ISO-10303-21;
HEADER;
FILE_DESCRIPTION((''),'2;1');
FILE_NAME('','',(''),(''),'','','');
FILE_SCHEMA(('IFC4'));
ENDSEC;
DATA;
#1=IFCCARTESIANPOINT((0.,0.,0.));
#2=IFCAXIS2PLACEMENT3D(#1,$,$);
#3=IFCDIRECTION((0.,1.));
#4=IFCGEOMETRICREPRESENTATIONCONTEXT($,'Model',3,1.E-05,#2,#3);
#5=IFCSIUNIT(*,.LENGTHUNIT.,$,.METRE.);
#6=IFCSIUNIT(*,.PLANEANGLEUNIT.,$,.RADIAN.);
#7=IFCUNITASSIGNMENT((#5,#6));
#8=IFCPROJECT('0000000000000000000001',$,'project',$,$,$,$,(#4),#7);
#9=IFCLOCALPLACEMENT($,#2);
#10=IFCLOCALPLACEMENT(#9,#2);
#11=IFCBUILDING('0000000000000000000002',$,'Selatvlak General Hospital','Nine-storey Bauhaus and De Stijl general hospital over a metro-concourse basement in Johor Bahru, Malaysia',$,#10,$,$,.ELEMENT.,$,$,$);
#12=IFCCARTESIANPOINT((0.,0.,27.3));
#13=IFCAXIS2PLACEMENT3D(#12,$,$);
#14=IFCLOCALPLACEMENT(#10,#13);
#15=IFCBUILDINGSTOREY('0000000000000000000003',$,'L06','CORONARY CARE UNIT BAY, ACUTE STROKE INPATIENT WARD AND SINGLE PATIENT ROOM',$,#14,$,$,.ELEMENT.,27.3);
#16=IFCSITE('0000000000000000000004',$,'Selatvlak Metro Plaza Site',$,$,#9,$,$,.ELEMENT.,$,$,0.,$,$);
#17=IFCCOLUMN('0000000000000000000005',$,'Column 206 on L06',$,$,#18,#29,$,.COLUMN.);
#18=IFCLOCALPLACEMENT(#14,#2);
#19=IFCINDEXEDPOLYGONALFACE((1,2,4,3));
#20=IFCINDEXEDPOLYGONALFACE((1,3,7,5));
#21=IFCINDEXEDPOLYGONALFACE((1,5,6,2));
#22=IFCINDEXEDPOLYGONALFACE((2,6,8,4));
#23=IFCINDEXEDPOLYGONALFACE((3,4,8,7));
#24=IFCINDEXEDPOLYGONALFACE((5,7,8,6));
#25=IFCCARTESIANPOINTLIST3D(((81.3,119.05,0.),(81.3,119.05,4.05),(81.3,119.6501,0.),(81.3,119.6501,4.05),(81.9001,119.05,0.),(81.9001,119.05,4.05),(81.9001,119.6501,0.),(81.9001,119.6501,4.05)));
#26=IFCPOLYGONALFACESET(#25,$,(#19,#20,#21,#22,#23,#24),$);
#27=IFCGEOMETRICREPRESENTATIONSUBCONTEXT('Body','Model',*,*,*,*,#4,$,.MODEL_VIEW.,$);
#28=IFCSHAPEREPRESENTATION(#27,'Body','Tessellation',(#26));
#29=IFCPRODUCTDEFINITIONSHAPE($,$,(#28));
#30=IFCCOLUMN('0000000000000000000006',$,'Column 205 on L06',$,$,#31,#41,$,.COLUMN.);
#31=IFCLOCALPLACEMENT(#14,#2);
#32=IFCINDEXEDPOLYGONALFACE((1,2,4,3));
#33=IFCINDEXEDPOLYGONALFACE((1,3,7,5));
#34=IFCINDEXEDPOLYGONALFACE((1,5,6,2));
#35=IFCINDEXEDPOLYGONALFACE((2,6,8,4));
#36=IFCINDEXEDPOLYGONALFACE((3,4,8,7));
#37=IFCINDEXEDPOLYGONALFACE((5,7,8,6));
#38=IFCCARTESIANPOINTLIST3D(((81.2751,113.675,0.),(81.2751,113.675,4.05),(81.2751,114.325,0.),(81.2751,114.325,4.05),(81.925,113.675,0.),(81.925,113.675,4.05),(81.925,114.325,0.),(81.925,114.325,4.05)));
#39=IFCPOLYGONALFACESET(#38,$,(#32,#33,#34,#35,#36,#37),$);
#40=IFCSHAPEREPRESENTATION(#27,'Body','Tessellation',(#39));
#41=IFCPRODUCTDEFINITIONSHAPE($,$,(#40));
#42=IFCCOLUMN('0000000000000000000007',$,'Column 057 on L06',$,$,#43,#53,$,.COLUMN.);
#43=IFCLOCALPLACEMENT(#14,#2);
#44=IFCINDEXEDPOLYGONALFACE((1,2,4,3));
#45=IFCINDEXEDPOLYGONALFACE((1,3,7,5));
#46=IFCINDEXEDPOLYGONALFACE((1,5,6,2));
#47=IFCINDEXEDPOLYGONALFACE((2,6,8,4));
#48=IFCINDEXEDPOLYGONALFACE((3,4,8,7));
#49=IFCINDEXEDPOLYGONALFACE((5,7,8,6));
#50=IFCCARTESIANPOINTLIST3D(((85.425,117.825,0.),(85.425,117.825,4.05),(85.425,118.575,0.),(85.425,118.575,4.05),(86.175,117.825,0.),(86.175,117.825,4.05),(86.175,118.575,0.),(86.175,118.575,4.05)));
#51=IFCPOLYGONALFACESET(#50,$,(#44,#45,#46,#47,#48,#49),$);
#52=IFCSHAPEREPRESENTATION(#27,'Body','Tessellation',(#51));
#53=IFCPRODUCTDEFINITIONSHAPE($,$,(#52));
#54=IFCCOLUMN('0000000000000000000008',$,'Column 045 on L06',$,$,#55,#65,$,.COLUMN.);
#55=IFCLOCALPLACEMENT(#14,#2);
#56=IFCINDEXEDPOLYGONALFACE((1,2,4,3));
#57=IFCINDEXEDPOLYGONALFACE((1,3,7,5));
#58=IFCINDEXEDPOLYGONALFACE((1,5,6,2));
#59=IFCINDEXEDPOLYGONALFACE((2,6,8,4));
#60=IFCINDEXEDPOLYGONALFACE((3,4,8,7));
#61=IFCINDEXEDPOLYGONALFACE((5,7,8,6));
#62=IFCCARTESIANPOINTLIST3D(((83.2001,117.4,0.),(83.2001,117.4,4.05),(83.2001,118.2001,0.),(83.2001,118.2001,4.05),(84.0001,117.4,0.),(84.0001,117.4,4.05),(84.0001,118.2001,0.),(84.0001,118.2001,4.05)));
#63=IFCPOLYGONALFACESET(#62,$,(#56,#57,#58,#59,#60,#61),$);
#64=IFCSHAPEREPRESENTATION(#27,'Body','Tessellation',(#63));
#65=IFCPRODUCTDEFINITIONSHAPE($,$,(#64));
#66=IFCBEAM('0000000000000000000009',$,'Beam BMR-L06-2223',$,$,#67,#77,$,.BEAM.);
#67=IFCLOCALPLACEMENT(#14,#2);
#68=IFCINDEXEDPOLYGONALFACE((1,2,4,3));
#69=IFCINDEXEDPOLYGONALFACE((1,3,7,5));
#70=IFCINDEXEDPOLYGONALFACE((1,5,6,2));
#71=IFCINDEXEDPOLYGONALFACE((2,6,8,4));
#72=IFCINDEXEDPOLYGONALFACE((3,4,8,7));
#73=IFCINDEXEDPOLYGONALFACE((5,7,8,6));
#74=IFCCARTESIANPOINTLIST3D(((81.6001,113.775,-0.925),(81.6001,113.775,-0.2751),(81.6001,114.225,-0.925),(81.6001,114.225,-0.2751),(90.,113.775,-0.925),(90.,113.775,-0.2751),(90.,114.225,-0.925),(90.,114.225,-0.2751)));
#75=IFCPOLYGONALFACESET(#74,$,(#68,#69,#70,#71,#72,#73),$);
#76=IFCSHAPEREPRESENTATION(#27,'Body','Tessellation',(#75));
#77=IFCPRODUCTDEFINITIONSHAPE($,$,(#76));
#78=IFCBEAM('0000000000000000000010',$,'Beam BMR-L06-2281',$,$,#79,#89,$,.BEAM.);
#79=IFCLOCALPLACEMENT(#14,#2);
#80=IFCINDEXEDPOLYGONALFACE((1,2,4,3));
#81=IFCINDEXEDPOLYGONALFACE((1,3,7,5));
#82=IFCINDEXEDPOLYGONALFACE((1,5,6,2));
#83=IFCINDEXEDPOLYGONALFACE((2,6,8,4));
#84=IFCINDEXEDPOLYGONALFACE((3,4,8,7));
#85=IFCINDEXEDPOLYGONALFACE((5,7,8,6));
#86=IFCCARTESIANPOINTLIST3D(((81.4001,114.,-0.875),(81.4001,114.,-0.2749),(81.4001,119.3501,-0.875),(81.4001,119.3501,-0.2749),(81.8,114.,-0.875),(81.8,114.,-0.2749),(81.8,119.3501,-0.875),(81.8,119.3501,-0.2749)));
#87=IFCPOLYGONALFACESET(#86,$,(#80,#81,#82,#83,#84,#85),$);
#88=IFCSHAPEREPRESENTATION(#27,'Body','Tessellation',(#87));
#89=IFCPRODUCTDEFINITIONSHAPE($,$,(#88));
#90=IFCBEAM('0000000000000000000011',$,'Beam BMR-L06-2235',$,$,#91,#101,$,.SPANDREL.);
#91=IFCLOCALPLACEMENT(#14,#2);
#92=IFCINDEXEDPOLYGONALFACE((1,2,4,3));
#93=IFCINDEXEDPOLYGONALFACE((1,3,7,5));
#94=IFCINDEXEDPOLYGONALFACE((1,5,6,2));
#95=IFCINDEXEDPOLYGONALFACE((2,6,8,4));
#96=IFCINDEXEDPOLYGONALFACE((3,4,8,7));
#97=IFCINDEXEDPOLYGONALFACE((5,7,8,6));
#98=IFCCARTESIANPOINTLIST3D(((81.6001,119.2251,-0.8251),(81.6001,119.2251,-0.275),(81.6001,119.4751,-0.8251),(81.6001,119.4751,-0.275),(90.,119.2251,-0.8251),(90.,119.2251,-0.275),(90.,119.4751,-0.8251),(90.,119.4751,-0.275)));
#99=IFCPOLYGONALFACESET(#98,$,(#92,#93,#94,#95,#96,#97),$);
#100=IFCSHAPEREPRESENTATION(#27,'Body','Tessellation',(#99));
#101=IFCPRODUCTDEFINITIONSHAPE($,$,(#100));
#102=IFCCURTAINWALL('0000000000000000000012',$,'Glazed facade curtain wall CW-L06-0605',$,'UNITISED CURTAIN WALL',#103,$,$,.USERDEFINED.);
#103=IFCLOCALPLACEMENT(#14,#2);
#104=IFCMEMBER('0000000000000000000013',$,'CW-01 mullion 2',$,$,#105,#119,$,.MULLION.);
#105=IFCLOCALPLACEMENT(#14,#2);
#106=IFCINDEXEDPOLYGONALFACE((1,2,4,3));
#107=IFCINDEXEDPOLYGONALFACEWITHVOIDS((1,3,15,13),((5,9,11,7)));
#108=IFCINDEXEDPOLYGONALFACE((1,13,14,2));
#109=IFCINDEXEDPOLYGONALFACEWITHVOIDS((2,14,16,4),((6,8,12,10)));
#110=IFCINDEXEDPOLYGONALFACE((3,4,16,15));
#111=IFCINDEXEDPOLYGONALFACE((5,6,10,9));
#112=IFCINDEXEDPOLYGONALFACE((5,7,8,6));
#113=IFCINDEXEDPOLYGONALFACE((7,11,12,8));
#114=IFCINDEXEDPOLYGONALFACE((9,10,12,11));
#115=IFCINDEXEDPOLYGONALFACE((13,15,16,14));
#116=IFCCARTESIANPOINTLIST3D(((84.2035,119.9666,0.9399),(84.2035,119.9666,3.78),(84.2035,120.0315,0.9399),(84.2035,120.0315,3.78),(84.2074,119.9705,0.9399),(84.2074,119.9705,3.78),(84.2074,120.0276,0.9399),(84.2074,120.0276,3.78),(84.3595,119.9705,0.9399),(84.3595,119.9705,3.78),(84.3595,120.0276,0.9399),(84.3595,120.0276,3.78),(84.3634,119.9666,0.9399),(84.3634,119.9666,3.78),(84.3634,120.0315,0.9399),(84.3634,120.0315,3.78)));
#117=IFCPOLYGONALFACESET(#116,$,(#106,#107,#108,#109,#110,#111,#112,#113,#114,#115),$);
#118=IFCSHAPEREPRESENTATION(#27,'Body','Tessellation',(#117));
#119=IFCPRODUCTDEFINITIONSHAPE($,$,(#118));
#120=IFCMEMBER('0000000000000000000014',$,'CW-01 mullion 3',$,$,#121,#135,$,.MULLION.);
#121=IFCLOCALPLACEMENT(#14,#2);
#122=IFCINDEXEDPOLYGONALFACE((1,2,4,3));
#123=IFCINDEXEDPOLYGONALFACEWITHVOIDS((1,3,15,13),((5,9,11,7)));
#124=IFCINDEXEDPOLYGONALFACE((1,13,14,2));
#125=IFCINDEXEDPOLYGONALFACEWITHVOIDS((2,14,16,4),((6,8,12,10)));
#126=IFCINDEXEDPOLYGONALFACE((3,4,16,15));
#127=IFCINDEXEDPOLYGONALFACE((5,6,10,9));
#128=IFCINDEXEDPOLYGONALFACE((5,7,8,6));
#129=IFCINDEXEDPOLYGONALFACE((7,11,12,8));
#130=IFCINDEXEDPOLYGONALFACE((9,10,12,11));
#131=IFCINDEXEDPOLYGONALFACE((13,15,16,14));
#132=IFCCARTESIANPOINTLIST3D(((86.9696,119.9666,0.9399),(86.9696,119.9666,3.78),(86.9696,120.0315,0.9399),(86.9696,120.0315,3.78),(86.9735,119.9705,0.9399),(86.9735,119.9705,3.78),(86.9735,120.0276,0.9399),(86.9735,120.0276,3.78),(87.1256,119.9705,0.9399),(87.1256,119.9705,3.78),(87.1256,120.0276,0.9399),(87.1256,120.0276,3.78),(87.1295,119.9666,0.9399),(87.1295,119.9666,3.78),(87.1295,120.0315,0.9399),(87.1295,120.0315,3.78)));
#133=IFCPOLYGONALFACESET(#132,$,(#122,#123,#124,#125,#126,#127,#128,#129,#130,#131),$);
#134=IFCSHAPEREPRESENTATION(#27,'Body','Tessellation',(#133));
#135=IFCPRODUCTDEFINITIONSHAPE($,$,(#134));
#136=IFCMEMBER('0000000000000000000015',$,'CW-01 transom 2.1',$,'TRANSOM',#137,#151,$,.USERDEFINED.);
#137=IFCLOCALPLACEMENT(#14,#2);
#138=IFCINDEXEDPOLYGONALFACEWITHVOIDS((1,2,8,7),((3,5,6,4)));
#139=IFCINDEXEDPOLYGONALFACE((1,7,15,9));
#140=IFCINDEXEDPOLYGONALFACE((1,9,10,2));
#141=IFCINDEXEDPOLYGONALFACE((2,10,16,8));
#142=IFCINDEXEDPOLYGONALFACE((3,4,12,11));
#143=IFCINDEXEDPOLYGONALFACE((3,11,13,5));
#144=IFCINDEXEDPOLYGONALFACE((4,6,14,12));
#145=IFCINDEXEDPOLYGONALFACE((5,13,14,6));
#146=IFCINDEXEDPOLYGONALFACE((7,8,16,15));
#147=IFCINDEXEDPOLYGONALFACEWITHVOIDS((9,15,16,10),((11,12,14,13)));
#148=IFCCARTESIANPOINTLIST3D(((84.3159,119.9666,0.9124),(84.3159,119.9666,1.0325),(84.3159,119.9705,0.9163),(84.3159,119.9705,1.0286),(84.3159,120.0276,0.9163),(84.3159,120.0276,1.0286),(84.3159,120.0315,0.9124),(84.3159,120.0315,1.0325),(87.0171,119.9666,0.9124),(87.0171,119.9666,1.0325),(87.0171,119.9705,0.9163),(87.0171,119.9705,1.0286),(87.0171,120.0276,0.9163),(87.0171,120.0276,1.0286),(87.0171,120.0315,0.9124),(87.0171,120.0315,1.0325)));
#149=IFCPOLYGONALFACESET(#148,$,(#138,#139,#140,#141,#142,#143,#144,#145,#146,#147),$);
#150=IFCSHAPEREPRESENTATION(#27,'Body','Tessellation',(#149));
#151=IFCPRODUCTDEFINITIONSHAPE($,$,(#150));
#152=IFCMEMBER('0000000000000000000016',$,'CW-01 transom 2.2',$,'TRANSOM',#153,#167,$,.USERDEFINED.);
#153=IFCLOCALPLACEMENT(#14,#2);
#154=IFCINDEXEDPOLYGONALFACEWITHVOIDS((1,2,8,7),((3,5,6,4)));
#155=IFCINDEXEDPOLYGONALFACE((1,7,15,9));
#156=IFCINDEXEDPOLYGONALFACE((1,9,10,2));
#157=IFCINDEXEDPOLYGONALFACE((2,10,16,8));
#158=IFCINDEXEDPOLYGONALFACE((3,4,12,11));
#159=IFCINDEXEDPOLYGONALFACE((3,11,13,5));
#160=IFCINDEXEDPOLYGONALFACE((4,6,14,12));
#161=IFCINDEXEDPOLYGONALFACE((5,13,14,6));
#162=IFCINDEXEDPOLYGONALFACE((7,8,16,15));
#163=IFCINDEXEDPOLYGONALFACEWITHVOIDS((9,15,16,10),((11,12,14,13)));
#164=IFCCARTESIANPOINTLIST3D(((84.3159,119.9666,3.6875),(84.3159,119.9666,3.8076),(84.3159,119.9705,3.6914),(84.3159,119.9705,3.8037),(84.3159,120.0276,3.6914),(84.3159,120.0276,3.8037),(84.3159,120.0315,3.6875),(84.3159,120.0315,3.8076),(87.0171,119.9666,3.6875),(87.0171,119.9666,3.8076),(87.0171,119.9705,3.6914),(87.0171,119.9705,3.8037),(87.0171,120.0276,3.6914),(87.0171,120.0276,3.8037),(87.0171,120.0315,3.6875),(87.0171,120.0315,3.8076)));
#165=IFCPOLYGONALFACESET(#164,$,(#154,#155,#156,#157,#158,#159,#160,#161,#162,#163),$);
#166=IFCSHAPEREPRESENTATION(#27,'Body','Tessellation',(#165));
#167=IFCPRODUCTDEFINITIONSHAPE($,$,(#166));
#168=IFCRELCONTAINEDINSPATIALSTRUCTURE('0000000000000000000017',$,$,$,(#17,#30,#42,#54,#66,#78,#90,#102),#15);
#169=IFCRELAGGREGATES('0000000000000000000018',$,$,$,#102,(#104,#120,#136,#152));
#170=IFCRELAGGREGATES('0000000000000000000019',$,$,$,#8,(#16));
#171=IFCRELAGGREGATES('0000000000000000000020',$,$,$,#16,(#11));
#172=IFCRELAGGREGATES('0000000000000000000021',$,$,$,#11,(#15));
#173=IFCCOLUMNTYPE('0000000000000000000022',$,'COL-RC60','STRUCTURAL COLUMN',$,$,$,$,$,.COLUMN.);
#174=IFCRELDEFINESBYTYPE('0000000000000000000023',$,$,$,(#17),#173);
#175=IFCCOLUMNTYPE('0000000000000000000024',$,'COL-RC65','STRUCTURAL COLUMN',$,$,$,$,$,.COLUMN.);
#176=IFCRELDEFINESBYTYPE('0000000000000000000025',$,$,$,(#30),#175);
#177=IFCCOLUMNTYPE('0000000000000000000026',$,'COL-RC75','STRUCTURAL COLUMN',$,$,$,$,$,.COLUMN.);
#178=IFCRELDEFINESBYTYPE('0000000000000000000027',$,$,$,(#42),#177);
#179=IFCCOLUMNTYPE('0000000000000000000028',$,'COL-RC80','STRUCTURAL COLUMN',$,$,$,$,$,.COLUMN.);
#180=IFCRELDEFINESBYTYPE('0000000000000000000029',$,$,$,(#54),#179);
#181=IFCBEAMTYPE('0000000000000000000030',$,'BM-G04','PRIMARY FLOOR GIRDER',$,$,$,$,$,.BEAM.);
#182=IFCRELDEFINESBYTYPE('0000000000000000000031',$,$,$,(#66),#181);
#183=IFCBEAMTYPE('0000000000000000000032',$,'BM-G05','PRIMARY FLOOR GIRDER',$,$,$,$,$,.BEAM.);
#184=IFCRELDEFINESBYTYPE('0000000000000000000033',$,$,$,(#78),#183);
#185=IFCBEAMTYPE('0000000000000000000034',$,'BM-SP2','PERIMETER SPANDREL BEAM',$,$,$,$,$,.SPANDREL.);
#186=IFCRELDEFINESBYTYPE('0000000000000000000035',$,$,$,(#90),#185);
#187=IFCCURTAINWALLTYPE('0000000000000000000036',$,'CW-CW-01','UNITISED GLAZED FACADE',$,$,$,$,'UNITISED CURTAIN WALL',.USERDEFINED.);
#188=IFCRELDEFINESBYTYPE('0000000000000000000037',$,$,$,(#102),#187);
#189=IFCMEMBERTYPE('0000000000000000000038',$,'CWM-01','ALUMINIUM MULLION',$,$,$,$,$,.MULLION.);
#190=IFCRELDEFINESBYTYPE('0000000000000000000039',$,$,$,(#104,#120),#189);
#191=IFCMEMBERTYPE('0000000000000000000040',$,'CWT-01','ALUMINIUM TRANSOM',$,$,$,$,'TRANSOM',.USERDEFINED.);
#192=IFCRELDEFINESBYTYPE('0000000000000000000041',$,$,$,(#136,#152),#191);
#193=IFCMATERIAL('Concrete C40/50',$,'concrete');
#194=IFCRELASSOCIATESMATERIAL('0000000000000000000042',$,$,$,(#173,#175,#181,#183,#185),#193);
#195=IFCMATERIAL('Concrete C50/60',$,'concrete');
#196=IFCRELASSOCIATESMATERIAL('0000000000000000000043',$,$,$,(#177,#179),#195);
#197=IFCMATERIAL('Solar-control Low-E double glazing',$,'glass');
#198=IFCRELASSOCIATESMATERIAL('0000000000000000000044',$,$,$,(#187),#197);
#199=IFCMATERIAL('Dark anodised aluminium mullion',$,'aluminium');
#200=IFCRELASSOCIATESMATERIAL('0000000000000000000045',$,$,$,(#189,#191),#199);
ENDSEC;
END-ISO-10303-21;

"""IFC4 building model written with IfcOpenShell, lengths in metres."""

from ifc_helpers import new_model, si_unit, direction, frame, origin, origin_2d, place, context, subcontext, project, spatial, rectangle, hollow_rectangle, extrude, material, material_profile, profile_set, type_object, element, aggregate, save


model = new_model("IFC4")

# Units and contexts
model_context = context("Model", 3, precision=1e-05, world=origin(), true_north=direction((0.0, 1.0)))
body_context = subcontext(model_context, "Body", "Model", "MODEL_VIEW")
ifc_project = project(units=[si_unit("LENGTHUNIT", "METRE"), si_unit("PLANEANGLEUNIT", "RADIAN")], contexts=[model_context])

# Site, building, storey
site_placement = place(None, origin())
site = spatial("IfcSite", under=ifc_project, at=site_placement, Name="Selatvlak Metro Plaza Site", CompositionType="ELEMENT", RefElevation=0.0)
building_placement = place(site_placement, origin())
building = spatial("IfcBuilding", under=site, at=building_placement, Name="Selatvlak General Hospital", Description="Nine-storey Bauhaus and De Stijl general hospital over a metro-concourse basement in Johor Bahru, Malaysia", CompositionType="ELEMENT")
storey_placement = place(building_placement, frame((0.0, 0.0, 27.3)))
storey = spatial("IfcBuildingStorey", under=building, at=storey_placement, Name="L06", Description="CORONARY CARE UNIT BAY, ACUTE STROKE INPATIENT WARD AND SINGLE PATIENT ROOM", CompositionType="ELEMENT", Elevation=27.3)

# Columns
ifc_material_1 = material(Name="Concrete C40/50", Category="concrete")
ifc_material_profile_1 = material_profile(ifc_material_1, rectangle(XDim=0.6001, YDim=0.6001, at=origin_2d()), Name="RC-COL 600x600")
ifc_profile_set_1 = profile_set([ifc_material_profile_1], Name="Concrete C40/50")
column_type_1 = type_object("IfcColumnType", Name="COL-RC60", Description="STRUCTURAL COLUMN", PredefinedType="COLUMN", material=ifc_profile_set_1)
column_1_placement = place(storey_placement, frame((81.6001, 119.3501, 0.0), z_axis=(0.0, 0.0, 1.0), x_axis=(1.0, 0.0, 0.0)))
element("IfcColumn", 1, at=column_1_placement, inside=storey, type_object=column_type_1, Name="Column 206 on L06", PredefinedType="COLUMN", context=body_context, shape_type="SweptSolid", body=[
    extrude(rectangle(XDim=0.6001, YDim=0.6001, at=origin_2d()), origin(), (0.0, 0.0, 1.0), 4.05),
])
ifc_material_profile_2 = material_profile(ifc_material_1, rectangle(XDim=0.6499, YDim=0.6499, at=origin_2d()), Name="RC-COL 650x650")
ifc_profile_set_2 = profile_set([ifc_material_profile_2], Name="Concrete C40/50")
column_type_2 = type_object("IfcColumnType", Name="COL-RC65", Description="STRUCTURAL COLUMN", PredefinedType="COLUMN", material=ifc_profile_set_2)
column_2_placement = place(storey_placement, frame((81.6001, 114.0, 0.0), z_axis=(0.0, 0.0, 1.0), x_axis=(1.0, 0.0, 0.0)))
element("IfcColumn", 2, at=column_2_placement, inside=storey, type_object=column_type_2, Name="Column 205 on L06", PredefinedType="COLUMN", context=body_context, shape_type="SweptSolid", body=[
    extrude(rectangle(XDim=0.6499, YDim=0.6499, at=origin_2d()), origin(), (0.0, 0.0, 1.0), 4.05),
])
ifc_material_2 = material(Name="Concrete C50/60", Category="concrete")
ifc_material_profile_3 = material_profile(ifc_material_2, rectangle(XDim=0.75, YDim=0.75, at=origin_2d()), Name="RC-COL 750x750")
ifc_profile_set_3 = profile_set([ifc_material_profile_3], Name="Concrete C50/60")
column_type_3 = type_object("IfcColumnType", Name="COL-RC75", Description="STRUCTURAL COLUMN", PredefinedType="COLUMN", material=ifc_profile_set_3)
column_3_placement = place(storey_placement, frame((85.8, 118.2, 0.0), z_axis=(0.0, 0.0, 1.0), x_axis=(1.0, 0.0, 0.0)))
element("IfcColumn", 3, at=column_3_placement, inside=storey, type_object=column_type_3, Name="Column 057 on L06", PredefinedType="COLUMN", context=body_context, shape_type="SweptSolid", body=[
    extrude(rectangle(XDim=0.75, YDim=0.75, at=origin_2d()), origin(), (0.0, 0.0, 1.0), 4.05),
])
ifc_material_profile_4 = material_profile(ifc_material_2, rectangle(XDim=0.8, YDim=0.8, at=origin_2d()), Name="RC-COL 800x800")
ifc_profile_set_4 = profile_set([ifc_material_profile_4], Name="Concrete C50/60")
column_type_4 = type_object("IfcColumnType", Name="COL-RC80", Description="STRUCTURAL COLUMN", PredefinedType="COLUMN", material=ifc_profile_set_4)
column_4_placement = place(storey_placement, frame((83.6001, 117.8, 0.0), z_axis=(0.0, 0.0, 1.0), x_axis=(1.0, 0.0, 0.0)))
element("IfcColumn", 4, at=column_4_placement, inside=storey, type_object=column_type_4, Name="Column 045 on L06", PredefinedType="COLUMN", context=body_context, shape_type="SweptSolid", body=[
    extrude(rectangle(XDim=0.8, YDim=0.8, at=origin_2d()), origin(), (0.0, 0.0, 1.0), 4.05),
])

# Beams
ifc_material_profile_5 = material_profile(ifc_material_1, rectangle(XDim=0.45, YDim=0.6499, at=origin_2d()), Name="RC-BM 450x650")
ifc_profile_set_5 = profile_set([ifc_material_profile_5], Name="Concrete C40/50")
beam_type_1 = type_object("IfcBeamType", Name="BM-G04", Description="PRIMARY FLOOR GIRDER", PredefinedType="BEAM", material=ifc_profile_set_5)
beam_1_placement = place(storey_placement, frame((81.6001, 114.0, -0.6001), z_axis=(1.0, 0.0, 0.0), x_axis=(0.0, 1.0, 0.0)))
element("IfcBeam", 5, at=beam_1_placement, inside=storey, type_object=beam_type_1, Name="Beam BMR-L06-2223", PredefinedType="BEAM", context=body_context, shape_type="SweptSolid", body=[
    extrude(rectangle(XDim=0.45, YDim=0.6499, at=origin_2d()), origin(), (0.0, 0.0, 1.0), 8.3999),
])
ifc_material_profile_6 = material_profile(ifc_material_1, rectangle(XDim=0.3999, YDim=0.6001, at=origin_2d()), Name="RC-BM 400x600")
ifc_profile_set_6 = profile_set([ifc_material_profile_6], Name="Concrete C40/50")
beam_type_2 = type_object("IfcBeamType", Name="BM-G05", Description="PRIMARY FLOOR GIRDER", PredefinedType="BEAM", material=ifc_profile_set_6)
beam_2_placement = place(storey_placement, frame((81.6001, 114.0, -0.575), z_axis=(0.0, 1.0, 0.0), x_axis=(-1.0, 0.0, 0.0)))
element("IfcBeam", 6, at=beam_2_placement, inside=storey, type_object=beam_type_2, Name="Beam BMR-L06-2281", PredefinedType="BEAM", context=body_context, shape_type="SweptSolid", body=[
    extrude(rectangle(XDim=0.3999, YDim=0.6001, at=origin_2d()), origin(), (0.0, 0.0, 1.0), 5.3501),
])
ifc_material_profile_7 = material_profile(ifc_material_1, rectangle(XDim=0.25, YDim=0.55, at=origin_2d()), Name="RC-SP 250x550")
ifc_profile_set_7 = profile_set([ifc_material_profile_7], Name="Concrete C40/50")
beam_type_3 = type_object("IfcBeamType", Name="BM-SP2", Description="PERIMETER SPANDREL BEAM", PredefinedType="SPANDREL", material=ifc_profile_set_7)
beam_3_placement = place(storey_placement, frame((81.6001, 119.3501, -0.55), z_axis=(1.0, 0.0, 0.0), x_axis=(0.0, 1.0, 0.0)))
element("IfcBeam", 7, at=beam_3_placement, inside=storey, type_object=beam_type_3, Name="Beam BMR-L06-2235", PredefinedType="SPANDREL", context=body_context, shape_type="SweptSolid", body=[
    extrude(rectangle(XDim=0.25, YDim=0.55, at=origin_2d()), origin(), (0.0, 0.0, 1.0), 8.3999),
])

# Curtain wall, members
ifc_material_3 = material(Name="Solar-control Low-E double glazing", Category="glass")
curtain_wall_type = type_object("IfcCurtainWallType", Name="CW-CW-01", Description="UNITISED GLAZED FACADE", ElementType="UNITISED CURTAIN WALL", PredefinedType="USERDEFINED", material=ifc_material_3)
curtain_wall_placement = place(storey_placement, origin())
curtain_wall = element("IfcCurtainWall", 8, at=curtain_wall_placement, inside=storey, type_object=curtain_wall_type, Name="Glazed facade curtain wall CW-L06-0605", ObjectType="UNITISED CURTAIN WALL", PredefinedType="USERDEFINED")
ifc_material_4 = material(Name="Dark anodised aluminium mullion", Category="aluminium")
ifc_material_profile_8 = material_profile(ifc_material_4, hollow_rectangle(XDim=0.0649, YDim=0.1599, WallThickness=0.0039, at=origin_2d()), Name="AL-MUL 65x160x4")
ifc_profile_set_8 = profile_set([ifc_material_profile_8], Name="Dark anodised aluminium mullion")
member_type_1 = type_object("IfcMemberType", Name="CWM-01", Description="ALUMINIUM MULLION", PredefinedType="MULLION", material=ifc_profile_set_8)
member_1_placement = place(storey_placement, frame((84.2834, 119.999, 0.9399), z_axis=(0.0, 0.0, 1.0), x_axis=(0.0, 1.0, 0.0)))
member_1 = element("IfcMember", 9, at=member_1_placement, type_object=member_type_1, Name="CW-01 mullion 2", PredefinedType="MULLION", context=body_context, shape_type="SweptSolid", body=[
    extrude(hollow_rectangle(XDim=0.0649, YDim=0.1599, WallThickness=0.0039, at=origin_2d()), origin(), (0.0, 0.0, 1.0), 2.8401),
])
member_2_placement = place(storey_placement, frame((87.0496, 119.999, 0.9399), z_axis=(0.0, 0.0, 1.0), x_axis=(0.0, 1.0, 0.0)))
member_2 = element("IfcMember", 10, at=member_2_placement, type_object=member_type_1, Name="CW-01 mullion 3", PredefinedType="MULLION", context=body_context, shape_type="SweptSolid", body=[
    extrude(hollow_rectangle(XDim=0.0649, YDim=0.1599, WallThickness=0.0039, at=origin_2d()), origin(), (0.0, 0.0, 1.0), 2.8401),
])
ifc_material_profile_9 = material_profile(ifc_material_4, hollow_rectangle(XDim=0.0649, YDim=0.1201, WallThickness=0.0039, at=origin_2d()), Name="AL-TRN 65x120x4")
ifc_profile_set_9 = profile_set([ifc_material_profile_9], Name="Dark anodised aluminium mullion")
member_type_2 = type_object("IfcMemberType", Name="CWT-01", Description="ALUMINIUM TRANSOM", ElementType="TRANSOM", PredefinedType="USERDEFINED", material=ifc_profile_set_9)
member_3_placement = place(storey_placement, frame((84.3159, 119.999, 0.9724), z_axis=(1.0, 0.0, 0.0), x_axis=(0.0, 1.0, 0.0)))
member_3 = element("IfcMember", 11, at=member_3_placement, type_object=member_type_2, Name="CW-01 transom 2.1", ObjectType="TRANSOM", PredefinedType="USERDEFINED", context=body_context, shape_type="SweptSolid", body=[
    extrude(hollow_rectangle(XDim=0.0649, YDim=0.1201, WallThickness=0.0039, at=origin_2d()), origin(), (0.0, 0.0, 1.0), 2.7012),
])
member_4_placement = place(storey_placement, frame((84.3159, 119.999, 3.7476), z_axis=(1.0, 0.0, 0.0), x_axis=(0.0, 1.0, 0.0)))
member_4 = element("IfcMember", 12, at=member_4_placement, type_object=member_type_2, Name="CW-01 transom 2.2", ObjectType="TRANSOM", PredefinedType="USERDEFINED", context=body_context, shape_type="SweptSolid", body=[
    extrude(hollow_rectangle(XDim=0.0649, YDim=0.1201, WallThickness=0.0039, at=origin_2d()), origin(), (0.0, 0.0, 1.0), 2.7012),
])
aggregate(curtain_wall, [member_1, member_2, member_3, member_4])

save(model, "model.ifc")
